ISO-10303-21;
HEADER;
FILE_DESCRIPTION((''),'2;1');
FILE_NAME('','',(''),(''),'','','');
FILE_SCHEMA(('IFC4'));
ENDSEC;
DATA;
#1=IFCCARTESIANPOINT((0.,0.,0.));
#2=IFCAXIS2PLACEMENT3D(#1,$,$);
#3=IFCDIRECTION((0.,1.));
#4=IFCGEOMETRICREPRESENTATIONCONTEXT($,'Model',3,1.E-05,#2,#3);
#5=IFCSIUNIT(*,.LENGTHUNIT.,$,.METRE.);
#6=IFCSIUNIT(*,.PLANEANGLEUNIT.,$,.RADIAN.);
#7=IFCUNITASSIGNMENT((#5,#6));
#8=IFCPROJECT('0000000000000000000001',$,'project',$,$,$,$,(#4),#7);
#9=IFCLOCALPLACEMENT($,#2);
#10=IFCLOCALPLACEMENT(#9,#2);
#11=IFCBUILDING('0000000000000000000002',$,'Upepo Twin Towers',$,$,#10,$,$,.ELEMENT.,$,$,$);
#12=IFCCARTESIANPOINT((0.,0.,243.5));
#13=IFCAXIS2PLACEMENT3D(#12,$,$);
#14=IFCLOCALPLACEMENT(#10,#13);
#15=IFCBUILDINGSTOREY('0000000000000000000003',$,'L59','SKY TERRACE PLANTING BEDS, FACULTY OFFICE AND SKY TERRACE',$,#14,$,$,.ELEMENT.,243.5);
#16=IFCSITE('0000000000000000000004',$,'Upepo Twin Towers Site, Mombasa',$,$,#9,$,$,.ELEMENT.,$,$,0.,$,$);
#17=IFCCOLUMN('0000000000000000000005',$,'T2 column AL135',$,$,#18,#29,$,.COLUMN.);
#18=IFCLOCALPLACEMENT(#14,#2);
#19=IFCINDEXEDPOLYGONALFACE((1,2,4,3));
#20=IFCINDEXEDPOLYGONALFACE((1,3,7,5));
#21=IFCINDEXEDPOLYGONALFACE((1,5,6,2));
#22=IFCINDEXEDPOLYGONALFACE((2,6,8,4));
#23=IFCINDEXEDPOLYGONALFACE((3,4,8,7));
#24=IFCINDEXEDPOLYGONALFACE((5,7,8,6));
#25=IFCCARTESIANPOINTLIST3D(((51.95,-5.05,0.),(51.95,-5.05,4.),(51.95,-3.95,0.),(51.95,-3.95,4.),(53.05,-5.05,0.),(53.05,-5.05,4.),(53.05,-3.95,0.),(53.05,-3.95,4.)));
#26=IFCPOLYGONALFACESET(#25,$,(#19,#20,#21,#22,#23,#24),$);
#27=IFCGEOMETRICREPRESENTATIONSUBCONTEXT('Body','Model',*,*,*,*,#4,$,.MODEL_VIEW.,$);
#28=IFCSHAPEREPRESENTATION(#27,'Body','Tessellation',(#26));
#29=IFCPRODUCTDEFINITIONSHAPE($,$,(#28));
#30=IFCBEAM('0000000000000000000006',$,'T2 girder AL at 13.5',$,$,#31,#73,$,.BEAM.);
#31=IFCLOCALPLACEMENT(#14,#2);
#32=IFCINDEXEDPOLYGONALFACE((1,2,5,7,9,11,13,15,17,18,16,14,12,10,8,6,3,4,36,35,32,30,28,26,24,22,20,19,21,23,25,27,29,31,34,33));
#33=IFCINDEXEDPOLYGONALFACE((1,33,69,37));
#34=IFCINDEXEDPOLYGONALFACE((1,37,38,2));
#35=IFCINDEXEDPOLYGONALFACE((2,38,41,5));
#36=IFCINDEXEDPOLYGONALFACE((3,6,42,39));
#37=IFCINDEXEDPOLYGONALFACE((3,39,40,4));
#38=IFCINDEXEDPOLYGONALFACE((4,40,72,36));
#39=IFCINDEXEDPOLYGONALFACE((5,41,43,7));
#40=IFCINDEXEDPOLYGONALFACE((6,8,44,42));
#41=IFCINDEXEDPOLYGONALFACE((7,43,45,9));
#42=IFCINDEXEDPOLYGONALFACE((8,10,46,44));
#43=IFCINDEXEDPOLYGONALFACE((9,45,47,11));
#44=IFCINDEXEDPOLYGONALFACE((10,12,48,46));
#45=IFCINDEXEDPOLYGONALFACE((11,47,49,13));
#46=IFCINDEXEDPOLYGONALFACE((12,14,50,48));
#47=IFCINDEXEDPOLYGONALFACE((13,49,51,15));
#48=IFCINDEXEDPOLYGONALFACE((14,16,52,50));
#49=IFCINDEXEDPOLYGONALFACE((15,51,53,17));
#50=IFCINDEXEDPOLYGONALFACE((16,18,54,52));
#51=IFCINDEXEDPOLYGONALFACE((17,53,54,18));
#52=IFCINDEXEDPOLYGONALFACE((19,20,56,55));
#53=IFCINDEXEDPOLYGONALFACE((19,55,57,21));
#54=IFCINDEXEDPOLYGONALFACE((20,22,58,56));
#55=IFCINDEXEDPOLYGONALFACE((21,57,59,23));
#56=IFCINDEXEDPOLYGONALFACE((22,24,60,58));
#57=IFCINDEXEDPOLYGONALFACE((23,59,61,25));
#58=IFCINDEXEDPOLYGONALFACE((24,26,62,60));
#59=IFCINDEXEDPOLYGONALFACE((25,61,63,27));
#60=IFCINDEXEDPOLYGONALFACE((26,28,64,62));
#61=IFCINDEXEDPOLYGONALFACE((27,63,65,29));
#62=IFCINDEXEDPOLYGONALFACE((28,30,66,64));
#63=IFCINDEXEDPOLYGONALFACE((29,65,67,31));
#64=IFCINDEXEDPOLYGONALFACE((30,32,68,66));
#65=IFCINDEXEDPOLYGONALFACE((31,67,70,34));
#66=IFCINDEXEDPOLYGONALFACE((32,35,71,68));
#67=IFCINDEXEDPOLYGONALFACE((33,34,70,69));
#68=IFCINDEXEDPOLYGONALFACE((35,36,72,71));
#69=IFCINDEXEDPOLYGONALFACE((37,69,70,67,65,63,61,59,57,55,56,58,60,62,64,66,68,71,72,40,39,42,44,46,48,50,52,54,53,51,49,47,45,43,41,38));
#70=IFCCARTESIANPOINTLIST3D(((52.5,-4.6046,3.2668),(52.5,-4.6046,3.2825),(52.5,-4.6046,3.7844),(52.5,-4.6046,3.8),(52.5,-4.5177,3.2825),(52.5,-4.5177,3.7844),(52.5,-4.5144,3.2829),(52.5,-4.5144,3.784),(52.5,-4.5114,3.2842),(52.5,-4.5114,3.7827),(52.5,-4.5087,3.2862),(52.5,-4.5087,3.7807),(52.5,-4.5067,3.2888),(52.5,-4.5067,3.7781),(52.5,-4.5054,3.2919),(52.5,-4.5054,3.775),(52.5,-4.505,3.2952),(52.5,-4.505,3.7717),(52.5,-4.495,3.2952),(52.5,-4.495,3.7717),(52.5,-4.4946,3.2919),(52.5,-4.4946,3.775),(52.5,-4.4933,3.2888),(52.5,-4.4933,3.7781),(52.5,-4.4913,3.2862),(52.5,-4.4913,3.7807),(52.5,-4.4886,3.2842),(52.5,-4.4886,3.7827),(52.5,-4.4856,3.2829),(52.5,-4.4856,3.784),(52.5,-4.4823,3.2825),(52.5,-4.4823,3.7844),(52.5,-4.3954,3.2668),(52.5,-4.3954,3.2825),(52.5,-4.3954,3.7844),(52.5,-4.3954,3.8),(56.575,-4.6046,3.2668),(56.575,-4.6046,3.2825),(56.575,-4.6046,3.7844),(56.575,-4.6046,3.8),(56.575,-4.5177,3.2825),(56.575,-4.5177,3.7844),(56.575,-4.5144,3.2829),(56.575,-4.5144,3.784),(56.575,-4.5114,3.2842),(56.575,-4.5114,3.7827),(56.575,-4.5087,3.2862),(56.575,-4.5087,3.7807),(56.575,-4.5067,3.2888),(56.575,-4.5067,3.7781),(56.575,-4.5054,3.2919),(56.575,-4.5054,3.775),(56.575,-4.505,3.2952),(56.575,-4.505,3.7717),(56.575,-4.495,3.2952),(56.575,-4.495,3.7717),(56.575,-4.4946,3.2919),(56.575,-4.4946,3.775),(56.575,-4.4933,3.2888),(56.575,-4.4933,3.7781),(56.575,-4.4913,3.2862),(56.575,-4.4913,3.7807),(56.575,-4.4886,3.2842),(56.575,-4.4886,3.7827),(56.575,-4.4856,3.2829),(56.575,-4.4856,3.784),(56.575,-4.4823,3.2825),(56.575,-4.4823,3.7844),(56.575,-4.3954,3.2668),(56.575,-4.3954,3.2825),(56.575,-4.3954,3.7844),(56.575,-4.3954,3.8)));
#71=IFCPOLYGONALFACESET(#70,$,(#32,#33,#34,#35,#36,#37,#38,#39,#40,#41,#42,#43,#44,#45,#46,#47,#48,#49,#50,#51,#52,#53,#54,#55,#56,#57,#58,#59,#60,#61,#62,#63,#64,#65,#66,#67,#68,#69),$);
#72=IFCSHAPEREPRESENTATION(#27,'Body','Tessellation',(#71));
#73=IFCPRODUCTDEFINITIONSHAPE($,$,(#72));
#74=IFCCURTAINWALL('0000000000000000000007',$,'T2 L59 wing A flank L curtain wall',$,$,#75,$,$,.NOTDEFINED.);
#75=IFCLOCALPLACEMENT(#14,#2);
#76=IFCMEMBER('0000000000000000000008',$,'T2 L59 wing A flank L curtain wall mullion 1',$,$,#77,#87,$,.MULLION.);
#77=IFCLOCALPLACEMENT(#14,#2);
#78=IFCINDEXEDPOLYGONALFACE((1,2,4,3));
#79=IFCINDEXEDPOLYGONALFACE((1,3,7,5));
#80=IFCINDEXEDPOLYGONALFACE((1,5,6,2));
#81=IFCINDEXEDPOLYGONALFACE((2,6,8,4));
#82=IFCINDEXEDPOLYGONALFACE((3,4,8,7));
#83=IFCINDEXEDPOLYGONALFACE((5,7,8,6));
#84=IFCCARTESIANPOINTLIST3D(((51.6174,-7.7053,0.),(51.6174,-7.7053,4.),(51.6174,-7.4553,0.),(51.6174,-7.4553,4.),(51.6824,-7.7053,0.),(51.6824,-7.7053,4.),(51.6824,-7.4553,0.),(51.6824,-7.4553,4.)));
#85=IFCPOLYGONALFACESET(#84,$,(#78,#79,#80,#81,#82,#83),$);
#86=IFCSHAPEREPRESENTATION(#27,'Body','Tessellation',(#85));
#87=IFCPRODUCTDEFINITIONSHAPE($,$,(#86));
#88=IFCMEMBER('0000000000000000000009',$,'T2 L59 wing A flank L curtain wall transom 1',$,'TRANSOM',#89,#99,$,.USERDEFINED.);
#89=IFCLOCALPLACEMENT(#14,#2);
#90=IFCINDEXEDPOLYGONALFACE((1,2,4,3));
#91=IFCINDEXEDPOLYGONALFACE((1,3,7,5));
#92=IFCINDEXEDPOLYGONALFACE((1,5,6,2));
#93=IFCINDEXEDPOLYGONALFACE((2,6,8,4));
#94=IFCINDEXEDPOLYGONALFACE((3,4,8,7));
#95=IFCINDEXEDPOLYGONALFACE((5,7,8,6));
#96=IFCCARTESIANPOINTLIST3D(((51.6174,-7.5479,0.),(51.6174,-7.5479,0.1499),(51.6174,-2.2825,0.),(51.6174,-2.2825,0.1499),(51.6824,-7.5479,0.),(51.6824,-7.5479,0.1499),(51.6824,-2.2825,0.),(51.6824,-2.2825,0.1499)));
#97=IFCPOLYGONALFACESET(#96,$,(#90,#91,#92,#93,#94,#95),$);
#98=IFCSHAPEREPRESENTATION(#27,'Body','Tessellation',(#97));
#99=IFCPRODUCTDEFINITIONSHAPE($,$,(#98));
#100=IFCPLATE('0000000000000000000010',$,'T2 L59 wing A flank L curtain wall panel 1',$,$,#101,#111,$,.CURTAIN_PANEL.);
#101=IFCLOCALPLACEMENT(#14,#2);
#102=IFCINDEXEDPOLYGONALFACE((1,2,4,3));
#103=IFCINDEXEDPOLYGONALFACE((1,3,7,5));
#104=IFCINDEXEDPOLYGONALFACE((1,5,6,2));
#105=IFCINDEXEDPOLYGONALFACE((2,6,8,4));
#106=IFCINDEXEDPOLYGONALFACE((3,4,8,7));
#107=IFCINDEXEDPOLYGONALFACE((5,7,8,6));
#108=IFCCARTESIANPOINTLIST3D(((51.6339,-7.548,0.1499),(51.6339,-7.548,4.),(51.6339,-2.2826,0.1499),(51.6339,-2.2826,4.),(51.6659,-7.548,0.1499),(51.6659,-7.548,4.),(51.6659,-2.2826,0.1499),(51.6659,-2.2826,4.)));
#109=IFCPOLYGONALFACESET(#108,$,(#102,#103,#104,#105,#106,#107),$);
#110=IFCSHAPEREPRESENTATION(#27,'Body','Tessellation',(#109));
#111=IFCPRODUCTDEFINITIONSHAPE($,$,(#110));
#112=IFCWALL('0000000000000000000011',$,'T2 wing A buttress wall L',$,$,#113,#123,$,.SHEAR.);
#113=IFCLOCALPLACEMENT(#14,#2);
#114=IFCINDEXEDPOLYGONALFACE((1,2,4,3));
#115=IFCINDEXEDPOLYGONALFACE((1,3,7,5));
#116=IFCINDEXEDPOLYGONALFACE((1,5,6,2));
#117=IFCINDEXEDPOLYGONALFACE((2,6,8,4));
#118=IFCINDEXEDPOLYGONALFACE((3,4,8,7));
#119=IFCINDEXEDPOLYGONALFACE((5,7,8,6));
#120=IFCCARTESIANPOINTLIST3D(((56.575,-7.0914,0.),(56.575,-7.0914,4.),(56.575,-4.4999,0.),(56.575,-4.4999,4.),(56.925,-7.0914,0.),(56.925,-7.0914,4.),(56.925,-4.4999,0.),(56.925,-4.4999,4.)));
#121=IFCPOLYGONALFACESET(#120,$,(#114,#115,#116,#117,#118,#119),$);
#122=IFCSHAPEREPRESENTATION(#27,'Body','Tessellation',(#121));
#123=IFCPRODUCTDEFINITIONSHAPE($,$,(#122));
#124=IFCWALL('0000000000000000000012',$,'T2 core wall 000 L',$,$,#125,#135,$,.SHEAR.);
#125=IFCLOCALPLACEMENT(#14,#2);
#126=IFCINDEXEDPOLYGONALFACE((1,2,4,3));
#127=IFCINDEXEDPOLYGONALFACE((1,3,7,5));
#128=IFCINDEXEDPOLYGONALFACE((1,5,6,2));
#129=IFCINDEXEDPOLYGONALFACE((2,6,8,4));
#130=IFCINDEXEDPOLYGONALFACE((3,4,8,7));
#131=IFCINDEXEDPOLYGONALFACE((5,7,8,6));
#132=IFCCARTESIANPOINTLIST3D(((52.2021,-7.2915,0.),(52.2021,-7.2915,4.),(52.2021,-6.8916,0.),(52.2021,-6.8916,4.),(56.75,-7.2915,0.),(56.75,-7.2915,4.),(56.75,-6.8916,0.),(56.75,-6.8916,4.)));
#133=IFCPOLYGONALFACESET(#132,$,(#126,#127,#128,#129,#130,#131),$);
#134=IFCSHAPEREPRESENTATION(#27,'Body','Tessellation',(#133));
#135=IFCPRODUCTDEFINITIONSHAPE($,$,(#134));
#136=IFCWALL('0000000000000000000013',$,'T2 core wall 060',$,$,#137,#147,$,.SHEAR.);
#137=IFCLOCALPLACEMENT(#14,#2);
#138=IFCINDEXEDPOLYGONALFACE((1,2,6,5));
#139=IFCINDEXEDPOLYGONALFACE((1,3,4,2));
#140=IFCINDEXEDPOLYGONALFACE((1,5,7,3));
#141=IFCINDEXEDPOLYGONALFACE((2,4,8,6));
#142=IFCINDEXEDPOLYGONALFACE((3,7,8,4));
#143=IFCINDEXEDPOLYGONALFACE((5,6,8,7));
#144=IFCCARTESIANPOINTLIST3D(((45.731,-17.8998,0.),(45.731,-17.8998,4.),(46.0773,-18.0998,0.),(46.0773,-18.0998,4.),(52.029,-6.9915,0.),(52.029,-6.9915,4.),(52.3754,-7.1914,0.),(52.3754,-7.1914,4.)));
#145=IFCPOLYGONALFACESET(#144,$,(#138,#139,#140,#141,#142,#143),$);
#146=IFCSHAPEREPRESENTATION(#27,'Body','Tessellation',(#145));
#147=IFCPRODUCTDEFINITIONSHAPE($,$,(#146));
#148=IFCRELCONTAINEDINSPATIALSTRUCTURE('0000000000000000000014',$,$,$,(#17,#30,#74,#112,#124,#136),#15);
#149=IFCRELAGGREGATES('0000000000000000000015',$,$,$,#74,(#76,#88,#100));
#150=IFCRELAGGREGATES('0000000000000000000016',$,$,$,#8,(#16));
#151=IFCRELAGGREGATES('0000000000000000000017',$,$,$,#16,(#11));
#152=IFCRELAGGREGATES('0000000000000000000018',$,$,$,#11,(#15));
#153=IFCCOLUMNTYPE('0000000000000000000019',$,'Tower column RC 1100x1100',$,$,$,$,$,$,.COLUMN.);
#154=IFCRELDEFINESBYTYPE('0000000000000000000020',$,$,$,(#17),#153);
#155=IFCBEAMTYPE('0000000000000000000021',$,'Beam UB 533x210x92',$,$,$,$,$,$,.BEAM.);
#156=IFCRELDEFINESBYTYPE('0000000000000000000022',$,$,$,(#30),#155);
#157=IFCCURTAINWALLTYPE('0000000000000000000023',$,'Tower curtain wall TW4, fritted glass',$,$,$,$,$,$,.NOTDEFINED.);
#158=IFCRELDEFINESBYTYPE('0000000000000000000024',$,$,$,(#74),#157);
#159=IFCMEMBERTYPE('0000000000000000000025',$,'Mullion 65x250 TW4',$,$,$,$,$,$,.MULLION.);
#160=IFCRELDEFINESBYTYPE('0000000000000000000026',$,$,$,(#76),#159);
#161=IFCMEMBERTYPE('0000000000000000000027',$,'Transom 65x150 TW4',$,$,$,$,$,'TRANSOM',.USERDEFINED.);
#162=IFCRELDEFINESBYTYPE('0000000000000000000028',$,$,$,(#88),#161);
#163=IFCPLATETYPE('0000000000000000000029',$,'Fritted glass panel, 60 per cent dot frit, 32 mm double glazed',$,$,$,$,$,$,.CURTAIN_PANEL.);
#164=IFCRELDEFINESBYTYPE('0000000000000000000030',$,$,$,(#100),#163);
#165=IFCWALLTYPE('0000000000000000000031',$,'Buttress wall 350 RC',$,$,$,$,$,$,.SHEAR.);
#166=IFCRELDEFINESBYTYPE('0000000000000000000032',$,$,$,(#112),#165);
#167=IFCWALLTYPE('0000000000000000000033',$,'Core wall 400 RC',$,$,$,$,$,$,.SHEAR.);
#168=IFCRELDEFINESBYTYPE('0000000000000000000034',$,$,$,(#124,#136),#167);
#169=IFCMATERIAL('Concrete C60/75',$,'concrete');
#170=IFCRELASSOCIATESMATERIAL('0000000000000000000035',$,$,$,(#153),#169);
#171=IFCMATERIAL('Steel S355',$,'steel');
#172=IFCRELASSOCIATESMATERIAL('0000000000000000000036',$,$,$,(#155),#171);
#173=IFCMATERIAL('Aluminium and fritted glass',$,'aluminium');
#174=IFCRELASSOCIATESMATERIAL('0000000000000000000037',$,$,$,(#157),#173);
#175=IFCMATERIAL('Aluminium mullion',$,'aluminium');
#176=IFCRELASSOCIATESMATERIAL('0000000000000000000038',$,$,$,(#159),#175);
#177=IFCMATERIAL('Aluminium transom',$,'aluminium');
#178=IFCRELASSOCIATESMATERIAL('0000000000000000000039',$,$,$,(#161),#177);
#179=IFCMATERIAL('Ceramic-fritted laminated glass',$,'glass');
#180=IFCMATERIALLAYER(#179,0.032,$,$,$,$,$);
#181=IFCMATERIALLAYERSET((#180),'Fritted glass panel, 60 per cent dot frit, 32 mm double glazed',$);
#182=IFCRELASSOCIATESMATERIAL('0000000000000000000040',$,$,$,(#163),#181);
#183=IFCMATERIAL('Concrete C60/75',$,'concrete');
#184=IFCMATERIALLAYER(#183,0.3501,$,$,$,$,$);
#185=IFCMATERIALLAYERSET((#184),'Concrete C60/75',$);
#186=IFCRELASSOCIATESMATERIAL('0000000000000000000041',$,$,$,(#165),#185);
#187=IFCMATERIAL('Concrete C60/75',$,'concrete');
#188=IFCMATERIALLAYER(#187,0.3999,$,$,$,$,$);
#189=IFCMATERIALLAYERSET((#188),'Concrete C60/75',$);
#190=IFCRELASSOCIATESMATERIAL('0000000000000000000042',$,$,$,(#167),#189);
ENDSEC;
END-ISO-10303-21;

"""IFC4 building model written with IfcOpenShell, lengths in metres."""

from ifc_helpers import new_model, si_unit, direction, frame, frame_2d, origin, origin_2d, place, context, subcontext, project, spatial, rectangle, i_section, extrude, material, layer, layer_set, material_profile, profile_set, type_object, element, aggregate, save


model = new_model("IFC4")

# Units and contexts
model_context = context("Model", 3, precision=1e-05, world=origin(), true_north=direction((0.0, 1.0)))
body_context = subcontext(model_context, "Body", "Model", "MODEL_VIEW")
ifc_project = project(units=[si_unit("LENGTHUNIT", "METRE"), si_unit("PLANEANGLEUNIT", "RADIAN")], contexts=[model_context])

# Site, building, storey
site_placement = place(None, origin())
site = spatial("IfcSite", under=ifc_project, at=site_placement, Name="Upepo Twin Towers Site, Mombasa", CompositionType="ELEMENT", RefElevation=0.0)
building_placement = place(site_placement, origin())
building = spatial("IfcBuilding", under=site, at=building_placement, Name="Upepo Twin Towers", CompositionType="ELEMENT")
storey_placement = place(building_placement, frame((0.0, 0.0, 243.5)))
storey = spatial("IfcBuildingStorey", under=building, at=storey_placement, Name="L59", Description="SKY TERRACE PLANTING BEDS, FACULTY OFFICE AND SKY TERRACE", CompositionType="ELEMENT", Elevation=243.5)

# Column
ifc_material_1 = material(Name="Concrete C60/75", Category="concrete")
ifc_material_profile_1 = material_profile(ifc_material_1, rectangle(XDim=1.1001, YDim=1.1001, at=origin_2d()), Name="RC 1100x1100")
ifc_profile_set_1 = profile_set([ifc_material_profile_1], Name="Concrete C60/75")
column_type = type_object("IfcColumnType", Name="Tower column RC 1100x1100", PredefinedType="COLUMN", material=ifc_profile_set_1)
column_placement = place(storey_placement, frame((52.5, -4.5, 0.0), z_axis=(0.0, 0.0, 1.0), x_axis=(1.0, 0.0, 0.0)))
element("IfcColumn", 1, at=column_placement, inside=storey, type_object=column_type, Name="T2 column AL135", PredefinedType="COLUMN", context=body_context, shape_type="SweptSolid", body=[
    extrude(rectangle(XDim=1.1001, YDim=1.1001, at=origin_2d()), origin(), (0.0, 0.0, 1.0), 4.0),
])

# Beam
ifc_material_2 = material(Name="Steel S355", Category="steel")
ifc_material_profile_2 = material_profile(ifc_material_2, i_section(OverallWidth=0.2092, OverallDepth=0.5332, WebThickness=0.01, FlangeThickness=0.0156, FilletRadius=0.0127, at=origin_2d()), Name="UB 533x210x92")
ifc_profile_set_2 = profile_set([ifc_material_profile_2], Name="Steel S355")
beam_type = type_object("IfcBeamType", Name="Beam UB 533x210x92", PredefinedType="BEAM", material=ifc_profile_set_2)
beam_placement = place(storey_placement, frame((52.5, -4.5, 3.5334), z_axis=(1.0, 0.0, 0.0), x_axis=(0.0, 1.0, 0.0)))
element("IfcBeam", 2, at=beam_placement, inside=storey, type_object=beam_type, Name="T2 girder AL at 13.5", PredefinedType="BEAM", context=body_context, shape_type="SweptSolid", body=[
    extrude(i_section(OverallWidth=0.2092, OverallDepth=0.5332, WebThickness=0.01, FlangeThickness=0.0156, FilletRadius=0.0127, at=origin_2d()), origin(), (0.0, 0.0, 1.0), 4.075),
])

# Curtain wall, members, plate
ifc_material_3 = material(Name="Aluminium and fritted glass", Category="aluminium")
curtain_wall_type = type_object("IfcCurtainWallType", Name="Tower curtain wall TW4, fritted glass", PredefinedType="NOTDEFINED", material=ifc_material_3)
curtain_wall_placement = place(storey_placement, origin())
curtain_wall = element("IfcCurtainWall", 3, at=curtain_wall_placement, inside=storey, type_object=curtain_wall_type, Name="T2 L59 wing A flank L curtain wall", PredefinedType="NOTDEFINED")
ifc_material_4 = material(Name="Aluminium mullion", Category="aluminium")
ifc_material_profile_3 = material_profile(ifc_material_4, rectangle(XDim=0.0649, YDim=0.25, at=origin_2d()), Name="MULLION 65x250")
ifc_profile_set_3 = profile_set([ifc_material_profile_3], Name="Aluminium mullion")
member_type_1 = type_object("IfcMemberType", Name="Mullion 65x250 TW4", PredefinedType="MULLION", material=ifc_profile_set_3)
member_1_placement = place(storey_placement, frame((51.6499, -7.5803, 0.0), z_axis=(0.0, 0.0, 1.0), x_axis=(-1.0, 0.0, 0.0)))
member_1 = element("IfcMember", 4, at=member_1_placement, type_object=member_type_1, Name="T2 L59 wing A flank L curtain wall mullion 1", PredefinedType="MULLION", context=body_context, shape_type="SweptSolid", body=[
    extrude(rectangle(XDim=0.0649, YDim=0.25, at=origin_2d()), origin(), (0.0, 0.0, 1.0), 4.0),
])
ifc_material_5 = material(Name="Aluminium transom", Category="aluminium")
ifc_material_profile_4 = material_profile(ifc_material_5, rectangle(XDim=0.0649, YDim=0.1499, at=origin_2d()), Name="TRANSOM 65x150")
ifc_profile_set_4 = profile_set([ifc_material_profile_4], Name="Aluminium transom")
member_type_2 = type_object("IfcMemberType", Name="Transom 65x150 TW4", ElementType="TRANSOM", PredefinedType="USERDEFINED", material=ifc_profile_set_4)
member_2_placement = place(storey_placement, frame((51.6499, -7.5479, 0.075), z_axis=(0.0, 1.0, 0.0), x_axis=(-1.0, 0.0, 0.0)))
member_2 = element("IfcMember", 5, at=member_2_placement, type_object=member_type_2, Name="T2 L59 wing A flank L curtain wall transom 1", ObjectType="TRANSOM", PredefinedType="USERDEFINED", context=body_context, shape_type="SweptSolid", body=[
    extrude(rectangle(XDim=0.0649, YDim=0.1499, at=origin_2d()), origin(), (0.0, 0.0, 1.0), 5.2654),
])
ifc_material_6 = material(Name="Ceramic-fritted laminated glass", Category="glass")
ifc_layer_1 = layer(ifc_material_6, 0.032)
ifc_layer_set_1 = layer_set([ifc_layer_1], Name="Fritted glass panel, 60 per cent dot frit, 32 mm double glazed")
plate_type = type_object("IfcPlateType", Name="Fritted glass panel, 60 per cent dot frit, 32 mm double glazed", PredefinedType="CURTAIN_PANEL", material=ifc_layer_set_1)
plate_placement = place(storey_placement, frame((51.6499, -4.9153, 0.1499), z_axis=(0.0, 0.0, 1.0), x_axis=(0.0, 1.0, 0.0)))
plate = element("IfcPlate", 6, at=plate_placement, type_object=plate_type, Name="T2 L59 wing A flank L curtain wall panel 1", PredefinedType="CURTAIN_PANEL", context=body_context, shape_type="SweptSolid", body=[
    extrude(rectangle(XDim=5.2654, YDim=0.032, at=origin_2d()), origin(), (0.0, 0.0, 1.0), 3.8501),
])
aggregate(curtain_wall, [member_1, member_2, plate])

# Walls
ifc_material_7 = material(Name="Concrete C60/75", Category="concrete")
ifc_layer_2 = layer(ifc_material_7, 0.3501)
ifc_layer_set_2 = layer_set([ifc_layer_2], Name="Concrete C60/75")
wall_type_1 = type_object("IfcWallType", Name="Buttress wall 350 RC", PredefinedType="SHEAR", material=ifc_layer_set_2)
wall_1_placement = place(storey_placement, frame((56.75, -7.0916, 0.0), z_axis=(0.0, 0.0, 1.0), x_axis=(0.0, 1.0, 0.0)))
element("IfcWall", 7, at=wall_1_placement, inside=storey, type_object=wall_type_1, Name="T2 wing A buttress wall L", PredefinedType="SHEAR", context=body_context, shape_type="SweptSolid", body=[
    extrude(rectangle(XDim=2.5916, YDim=0.3501, at=frame_2d((1.2959, 0.0))), origin(), (0.0, 0.0, 1.0), 4.0),
])
ifc_material_8 = material(Name="Concrete C60/75", Category="concrete")
ifc_layer_3 = layer(ifc_material_8, 0.3999)
ifc_layer_set_3 = layer_set([ifc_layer_3], Name="Concrete C60/75")
wall_type_2 = type_object("IfcWallType", Name="Core wall 400 RC", PredefinedType="SHEAR", material=ifc_layer_set_3)
wall_2_placement = place(storey_placement, frame((56.75, -7.0916, 0.0), z_axis=(0.0, 0.0, 1.0), x_axis=(-1.0, 0.0, 0.0)))
element("IfcWall", 8, at=wall_2_placement, inside=storey, type_object=wall_type_2, Name="T2 core wall 000 L", PredefinedType="SHEAR", context=body_context, shape_type="SweptSolid", body=[
    extrude(rectangle(XDim=4.5479, YDim=0.3999, at=frame_2d((2.2739, 0.0))), origin(), (0.0, 0.0, 1.0), 4.0),
])
wall_3_placement = place(storey_placement, frame((52.2021, -7.0916, 0.0), z_axis=(0.0, 0.0, 1.0), x_axis=(-0.500006, -0.866022, 0.0)))
element("IfcWall", 9, at=wall_3_placement, inside=storey, type_object=wall_type_2, Name="T2 core wall 060", PredefinedType="SHEAR", context=body_context, shape_type="SweptSolid", body=[
    extrude(rectangle(XDim=12.5959, YDim=0.3999, at=frame_2d((6.2979, 0.0))), origin(), (0.0, 0.0, 1.0), 4.0),
])

save(model, "model.ifc")
